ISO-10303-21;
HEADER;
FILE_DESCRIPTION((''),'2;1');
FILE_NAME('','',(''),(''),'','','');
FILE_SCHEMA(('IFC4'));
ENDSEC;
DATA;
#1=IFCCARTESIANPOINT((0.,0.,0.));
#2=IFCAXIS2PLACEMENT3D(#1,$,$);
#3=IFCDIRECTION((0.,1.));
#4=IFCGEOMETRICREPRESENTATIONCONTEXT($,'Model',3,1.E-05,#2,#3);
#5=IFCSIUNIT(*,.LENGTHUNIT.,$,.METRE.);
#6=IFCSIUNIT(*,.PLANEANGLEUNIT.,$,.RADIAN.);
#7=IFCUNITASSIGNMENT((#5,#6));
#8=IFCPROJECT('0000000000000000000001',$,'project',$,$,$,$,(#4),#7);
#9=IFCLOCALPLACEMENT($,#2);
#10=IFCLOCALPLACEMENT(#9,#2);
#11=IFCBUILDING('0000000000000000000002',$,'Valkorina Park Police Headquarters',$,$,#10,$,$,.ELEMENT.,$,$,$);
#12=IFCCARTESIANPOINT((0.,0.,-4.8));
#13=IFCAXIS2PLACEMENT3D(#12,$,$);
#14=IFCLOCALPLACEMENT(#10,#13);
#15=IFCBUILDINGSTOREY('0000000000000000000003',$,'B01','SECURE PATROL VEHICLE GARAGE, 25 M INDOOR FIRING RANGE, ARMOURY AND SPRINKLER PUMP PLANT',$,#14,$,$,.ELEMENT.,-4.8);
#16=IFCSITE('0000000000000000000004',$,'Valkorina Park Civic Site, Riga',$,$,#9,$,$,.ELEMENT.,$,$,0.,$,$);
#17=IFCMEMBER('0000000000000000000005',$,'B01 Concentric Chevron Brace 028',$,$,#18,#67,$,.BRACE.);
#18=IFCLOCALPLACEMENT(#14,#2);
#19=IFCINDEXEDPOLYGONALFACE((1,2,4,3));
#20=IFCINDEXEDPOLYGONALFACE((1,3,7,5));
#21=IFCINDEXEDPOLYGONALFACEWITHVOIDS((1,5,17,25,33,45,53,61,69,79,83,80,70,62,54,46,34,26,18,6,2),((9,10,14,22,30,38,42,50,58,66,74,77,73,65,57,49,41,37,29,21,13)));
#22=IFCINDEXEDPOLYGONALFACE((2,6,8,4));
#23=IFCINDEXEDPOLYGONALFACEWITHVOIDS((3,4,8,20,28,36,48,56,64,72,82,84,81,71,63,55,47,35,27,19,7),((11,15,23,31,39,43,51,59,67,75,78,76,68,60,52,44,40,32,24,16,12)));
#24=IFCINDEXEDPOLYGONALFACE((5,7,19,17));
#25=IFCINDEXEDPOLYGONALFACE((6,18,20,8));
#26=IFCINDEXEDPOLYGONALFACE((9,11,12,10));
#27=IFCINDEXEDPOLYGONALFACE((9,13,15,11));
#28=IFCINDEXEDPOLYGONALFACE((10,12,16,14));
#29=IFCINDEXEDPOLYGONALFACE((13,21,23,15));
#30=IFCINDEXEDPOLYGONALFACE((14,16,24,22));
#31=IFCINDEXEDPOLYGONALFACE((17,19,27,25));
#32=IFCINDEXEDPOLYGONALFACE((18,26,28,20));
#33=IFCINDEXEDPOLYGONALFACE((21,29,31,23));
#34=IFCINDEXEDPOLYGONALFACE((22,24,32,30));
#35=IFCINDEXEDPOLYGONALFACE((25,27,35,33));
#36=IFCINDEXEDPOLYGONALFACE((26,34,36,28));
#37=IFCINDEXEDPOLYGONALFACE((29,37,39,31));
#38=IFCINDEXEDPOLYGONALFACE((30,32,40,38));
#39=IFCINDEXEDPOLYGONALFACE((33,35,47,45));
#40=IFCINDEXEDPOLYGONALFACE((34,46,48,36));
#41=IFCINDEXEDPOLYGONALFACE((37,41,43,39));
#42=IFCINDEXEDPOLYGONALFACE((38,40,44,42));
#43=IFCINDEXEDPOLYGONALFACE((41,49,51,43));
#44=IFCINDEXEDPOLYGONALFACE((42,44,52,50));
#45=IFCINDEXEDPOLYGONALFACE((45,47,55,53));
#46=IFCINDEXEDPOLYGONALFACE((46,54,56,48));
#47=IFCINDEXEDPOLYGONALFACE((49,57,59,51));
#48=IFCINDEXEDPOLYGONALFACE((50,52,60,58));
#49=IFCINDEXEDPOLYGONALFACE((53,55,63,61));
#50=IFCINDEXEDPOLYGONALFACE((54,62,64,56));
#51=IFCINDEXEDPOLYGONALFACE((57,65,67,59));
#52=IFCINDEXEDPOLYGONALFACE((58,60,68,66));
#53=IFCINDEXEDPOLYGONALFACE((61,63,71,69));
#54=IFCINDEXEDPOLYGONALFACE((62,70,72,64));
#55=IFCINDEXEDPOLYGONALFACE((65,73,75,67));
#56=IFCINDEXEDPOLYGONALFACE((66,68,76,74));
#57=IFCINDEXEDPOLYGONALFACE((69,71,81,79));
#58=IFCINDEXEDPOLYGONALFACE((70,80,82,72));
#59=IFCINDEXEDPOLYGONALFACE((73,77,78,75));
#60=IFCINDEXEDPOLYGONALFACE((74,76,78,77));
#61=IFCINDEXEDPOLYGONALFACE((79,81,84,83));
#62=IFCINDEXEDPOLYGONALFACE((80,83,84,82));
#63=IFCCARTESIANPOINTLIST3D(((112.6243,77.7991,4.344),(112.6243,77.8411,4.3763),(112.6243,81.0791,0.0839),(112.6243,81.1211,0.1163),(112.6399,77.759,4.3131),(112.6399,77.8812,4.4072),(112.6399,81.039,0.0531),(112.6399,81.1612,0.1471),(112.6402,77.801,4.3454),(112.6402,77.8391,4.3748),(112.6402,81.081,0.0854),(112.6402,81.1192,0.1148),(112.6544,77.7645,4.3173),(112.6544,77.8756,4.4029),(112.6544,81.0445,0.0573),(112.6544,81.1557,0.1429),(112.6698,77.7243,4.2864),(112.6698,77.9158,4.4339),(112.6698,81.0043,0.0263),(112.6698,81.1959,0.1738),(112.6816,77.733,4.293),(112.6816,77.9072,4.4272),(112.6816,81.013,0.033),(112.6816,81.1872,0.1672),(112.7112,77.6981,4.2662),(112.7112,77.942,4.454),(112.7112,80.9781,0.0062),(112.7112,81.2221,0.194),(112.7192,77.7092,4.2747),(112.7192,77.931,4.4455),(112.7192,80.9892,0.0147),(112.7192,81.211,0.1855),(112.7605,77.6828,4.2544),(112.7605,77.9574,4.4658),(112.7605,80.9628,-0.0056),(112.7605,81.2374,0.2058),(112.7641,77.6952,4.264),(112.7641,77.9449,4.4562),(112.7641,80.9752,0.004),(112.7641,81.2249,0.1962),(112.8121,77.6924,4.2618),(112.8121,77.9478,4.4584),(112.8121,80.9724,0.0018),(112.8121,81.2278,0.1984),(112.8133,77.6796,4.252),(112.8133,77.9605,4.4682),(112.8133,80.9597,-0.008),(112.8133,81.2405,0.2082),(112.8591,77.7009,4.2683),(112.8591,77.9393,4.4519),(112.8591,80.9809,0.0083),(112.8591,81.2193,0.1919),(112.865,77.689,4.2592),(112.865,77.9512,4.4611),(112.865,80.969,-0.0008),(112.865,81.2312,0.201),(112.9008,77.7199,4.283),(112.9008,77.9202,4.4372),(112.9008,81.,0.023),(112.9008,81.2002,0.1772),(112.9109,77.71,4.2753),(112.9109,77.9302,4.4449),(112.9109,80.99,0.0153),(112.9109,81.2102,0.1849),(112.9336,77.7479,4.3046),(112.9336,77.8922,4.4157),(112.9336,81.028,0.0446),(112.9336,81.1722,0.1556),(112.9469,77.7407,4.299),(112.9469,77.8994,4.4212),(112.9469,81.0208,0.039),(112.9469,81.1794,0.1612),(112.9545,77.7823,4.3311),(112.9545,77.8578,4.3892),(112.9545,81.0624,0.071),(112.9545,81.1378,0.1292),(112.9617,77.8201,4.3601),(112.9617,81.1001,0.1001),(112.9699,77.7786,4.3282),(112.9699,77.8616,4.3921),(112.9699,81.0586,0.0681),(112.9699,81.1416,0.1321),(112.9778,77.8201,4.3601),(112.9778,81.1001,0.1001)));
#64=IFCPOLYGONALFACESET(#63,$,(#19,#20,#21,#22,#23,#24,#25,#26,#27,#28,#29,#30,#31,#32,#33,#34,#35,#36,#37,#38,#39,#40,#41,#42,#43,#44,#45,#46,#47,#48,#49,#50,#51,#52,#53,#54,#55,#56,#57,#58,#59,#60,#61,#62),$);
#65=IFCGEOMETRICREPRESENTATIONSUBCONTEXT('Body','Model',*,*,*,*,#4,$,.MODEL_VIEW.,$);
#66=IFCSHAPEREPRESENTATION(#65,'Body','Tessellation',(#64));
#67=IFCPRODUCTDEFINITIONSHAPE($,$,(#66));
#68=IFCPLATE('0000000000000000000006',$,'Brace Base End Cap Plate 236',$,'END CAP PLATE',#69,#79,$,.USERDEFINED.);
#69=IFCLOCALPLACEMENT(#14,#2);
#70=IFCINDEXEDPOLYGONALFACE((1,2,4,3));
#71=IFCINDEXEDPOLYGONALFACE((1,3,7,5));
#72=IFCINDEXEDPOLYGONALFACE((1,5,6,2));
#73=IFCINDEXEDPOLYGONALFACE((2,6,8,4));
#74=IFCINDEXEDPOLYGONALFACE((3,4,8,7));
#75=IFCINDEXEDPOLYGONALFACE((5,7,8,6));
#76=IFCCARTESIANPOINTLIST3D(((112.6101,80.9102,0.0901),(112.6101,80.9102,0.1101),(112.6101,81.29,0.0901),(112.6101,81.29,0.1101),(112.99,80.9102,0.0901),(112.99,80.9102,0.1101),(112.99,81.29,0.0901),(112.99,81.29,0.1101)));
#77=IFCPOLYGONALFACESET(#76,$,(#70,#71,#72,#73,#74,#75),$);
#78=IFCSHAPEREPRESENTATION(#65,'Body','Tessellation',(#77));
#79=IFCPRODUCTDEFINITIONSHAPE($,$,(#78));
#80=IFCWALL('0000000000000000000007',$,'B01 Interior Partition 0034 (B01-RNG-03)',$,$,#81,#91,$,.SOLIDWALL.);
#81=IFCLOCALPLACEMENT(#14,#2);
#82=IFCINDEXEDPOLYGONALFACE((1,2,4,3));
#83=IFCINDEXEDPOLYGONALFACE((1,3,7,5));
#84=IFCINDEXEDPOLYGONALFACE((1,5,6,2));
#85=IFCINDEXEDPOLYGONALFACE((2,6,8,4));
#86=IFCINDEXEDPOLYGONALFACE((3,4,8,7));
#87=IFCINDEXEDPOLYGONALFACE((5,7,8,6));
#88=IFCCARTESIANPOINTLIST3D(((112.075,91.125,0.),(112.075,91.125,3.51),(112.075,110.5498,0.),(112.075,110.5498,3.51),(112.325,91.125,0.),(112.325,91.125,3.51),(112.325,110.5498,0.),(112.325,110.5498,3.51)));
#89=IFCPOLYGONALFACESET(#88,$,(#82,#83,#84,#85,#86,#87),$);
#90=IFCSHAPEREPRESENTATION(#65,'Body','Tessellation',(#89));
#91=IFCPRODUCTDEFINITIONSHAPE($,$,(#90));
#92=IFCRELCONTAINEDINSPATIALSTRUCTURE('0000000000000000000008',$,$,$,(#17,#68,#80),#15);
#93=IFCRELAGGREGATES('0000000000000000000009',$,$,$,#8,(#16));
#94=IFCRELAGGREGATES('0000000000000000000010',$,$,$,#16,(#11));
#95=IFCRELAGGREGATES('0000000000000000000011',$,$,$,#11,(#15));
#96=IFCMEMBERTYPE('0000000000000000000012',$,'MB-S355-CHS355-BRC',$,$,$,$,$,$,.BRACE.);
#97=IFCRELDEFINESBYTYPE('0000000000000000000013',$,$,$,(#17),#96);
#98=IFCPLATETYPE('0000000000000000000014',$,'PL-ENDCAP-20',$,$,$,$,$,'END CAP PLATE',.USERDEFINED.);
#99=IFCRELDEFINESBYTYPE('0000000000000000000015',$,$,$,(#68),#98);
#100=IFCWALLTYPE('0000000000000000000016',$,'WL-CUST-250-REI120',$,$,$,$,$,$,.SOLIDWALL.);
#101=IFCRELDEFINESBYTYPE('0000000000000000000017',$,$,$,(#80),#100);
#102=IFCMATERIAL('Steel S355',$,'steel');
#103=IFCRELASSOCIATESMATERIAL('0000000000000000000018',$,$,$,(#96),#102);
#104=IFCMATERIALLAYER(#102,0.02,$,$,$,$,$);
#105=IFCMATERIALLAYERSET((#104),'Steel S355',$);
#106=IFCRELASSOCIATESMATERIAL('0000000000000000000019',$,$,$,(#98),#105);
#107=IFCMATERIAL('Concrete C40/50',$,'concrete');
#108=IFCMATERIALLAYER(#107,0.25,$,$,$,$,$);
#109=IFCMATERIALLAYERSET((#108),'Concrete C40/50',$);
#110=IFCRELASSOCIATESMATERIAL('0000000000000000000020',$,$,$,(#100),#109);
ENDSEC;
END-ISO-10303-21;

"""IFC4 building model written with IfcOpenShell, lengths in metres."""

from ifc_helpers import new_model, si_unit, direction, frame, frame_2d, origin, origin_2d, place, context, subcontext, project, spatial, rectangle, hollow_circle, extrude, material, layer, layer_set, material_profile, profile_set, type_object, element, save


model = new_model("IFC4")

# Units and contexts
model_context = context("Model", 3, precision=1e-05, world=origin(), true_north=direction((0.0, 1.0)))
body_context = subcontext(model_context, "Body", "Model", "MODEL_VIEW")
ifc_project = project(units=[si_unit("LENGTHUNIT", "METRE"), si_unit("PLANEANGLEUNIT", "RADIAN")], contexts=[model_context])

# Site, building, storey
site_placement = place(None, origin())
site = spatial("IfcSite", under=ifc_project, at=site_placement, Name="Valkorina Park Civic Site, Riga", CompositionType="ELEMENT", RefElevation=0.0)
building_placement = place(site_placement, origin())
building = spatial("IfcBuilding", under=site, at=building_placement, Name="Valkorina Park Police Headquarters", CompositionType="ELEMENT")
storey_placement = place(building_placement, frame((0.0, 0.0, -4.8)))
storey = spatial("IfcBuildingStorey", under=building, at=storey_placement, Name="B01", Description="SECURE PATROL VEHICLE GARAGE, 25 M INDOOR FIRING RANGE, ARMOURY AND SPRINKLER PUMP PLANT", CompositionType="ELEMENT", Elevation=-4.8)

# Shared definitions
ifc_material_1 = material(Name="Concrete C40/50", Category="concrete")

# Shared definitions
ifc_material_2 = material(Name="Steel S355", Category="steel")

# Member
ifc_material_profile_1 = material_profile(ifc_material_2, hollow_circle(Radius=0.1777, WallThickness=0.0161, at=origin_2d()), Name="CHS 355.6x16")
ifc_profile_set_1 = profile_set([ifc_material_profile_1], Name="Steel S355")
member_type = type_object("IfcMemberType", Name="MB-S355-CHS355-BRC", PredefinedType="BRACE", material=ifc_profile_set_1)
member_placement = place(storey_placement, frame((112.8, 81.1001, 0.1001), z_axis=(0.0, -0.610073, 0.792345), x_axis=(1.0, 0.0, 0.0)))
element("IfcMember", 1, at=member_placement, inside=storey, type_object=member_type, Name="B01 Concentric Chevron Brace 028", PredefinedType="BRACE", context=body_context, shape_type="SweptSolid", body=[
    extrude(hollow_circle(Radius=0.1777, WallThickness=0.0161, at=origin_2d()), origin(), (0.0, 0.0, 1.0), 5.3765),
])

# Plate
ifc_layer_1 = layer(ifc_material_2, 0.02)
ifc_layer_set_1 = layer_set([ifc_layer_1], Name="Steel S355")
plate_type = type_object("IfcPlateType", Name="PL-ENDCAP-20", ElementType="END CAP PLATE", PredefinedType="USERDEFINED", material=ifc_layer_set_1)
plate_placement = place(storey_placement, frame((112.8, 81.1001, 0.0901), z_axis=(0.0, 0.0, 1.0), x_axis=(1.0, 0.0, 0.0)))
element("IfcPlate", 2, at=plate_placement, inside=storey, type_object=plate_type, Name="Brace Base End Cap Plate 236", ObjectType="END CAP PLATE", PredefinedType="USERDEFINED", context=body_context, shape_type="SweptSolid", body=[
    extrude(rectangle(XDim=0.3799, YDim=0.3799, at=origin_2d()), origin(), (0.0, 0.0, 1.0), 0.02),
])

# Wall
ifc_layer_2 = layer(ifc_material_1, 0.25)
ifc_layer_set_2 = layer_set([ifc_layer_2], Name="Concrete C40/50")
wall_type = type_object("IfcWallType", Name="WL-CUST-250-REI120", PredefinedType="SOLIDWALL", material=ifc_layer_set_2)
wall_placement = place(storey_placement, frame((112.2, 91.125, 0.0), z_axis=(0.0, 0.0, 1.0), x_axis=(0.0, 1.0, 0.0)))
element("IfcWall", 3, at=wall_placement, inside=storey, type_object=wall_type, Name="B01 Interior Partition 0034 (B01-RNG-03)", PredefinedType="SOLIDWALL", context=body_context, shape_type="SweptSolid", body=[
    extrude(rectangle(XDim=19.4248, YDim=0.25, at=frame_2d((9.7124, 0.0))), origin(), (0.0, 0.0, 1.0), 3.51),
])

save(model, "model.ifc")
